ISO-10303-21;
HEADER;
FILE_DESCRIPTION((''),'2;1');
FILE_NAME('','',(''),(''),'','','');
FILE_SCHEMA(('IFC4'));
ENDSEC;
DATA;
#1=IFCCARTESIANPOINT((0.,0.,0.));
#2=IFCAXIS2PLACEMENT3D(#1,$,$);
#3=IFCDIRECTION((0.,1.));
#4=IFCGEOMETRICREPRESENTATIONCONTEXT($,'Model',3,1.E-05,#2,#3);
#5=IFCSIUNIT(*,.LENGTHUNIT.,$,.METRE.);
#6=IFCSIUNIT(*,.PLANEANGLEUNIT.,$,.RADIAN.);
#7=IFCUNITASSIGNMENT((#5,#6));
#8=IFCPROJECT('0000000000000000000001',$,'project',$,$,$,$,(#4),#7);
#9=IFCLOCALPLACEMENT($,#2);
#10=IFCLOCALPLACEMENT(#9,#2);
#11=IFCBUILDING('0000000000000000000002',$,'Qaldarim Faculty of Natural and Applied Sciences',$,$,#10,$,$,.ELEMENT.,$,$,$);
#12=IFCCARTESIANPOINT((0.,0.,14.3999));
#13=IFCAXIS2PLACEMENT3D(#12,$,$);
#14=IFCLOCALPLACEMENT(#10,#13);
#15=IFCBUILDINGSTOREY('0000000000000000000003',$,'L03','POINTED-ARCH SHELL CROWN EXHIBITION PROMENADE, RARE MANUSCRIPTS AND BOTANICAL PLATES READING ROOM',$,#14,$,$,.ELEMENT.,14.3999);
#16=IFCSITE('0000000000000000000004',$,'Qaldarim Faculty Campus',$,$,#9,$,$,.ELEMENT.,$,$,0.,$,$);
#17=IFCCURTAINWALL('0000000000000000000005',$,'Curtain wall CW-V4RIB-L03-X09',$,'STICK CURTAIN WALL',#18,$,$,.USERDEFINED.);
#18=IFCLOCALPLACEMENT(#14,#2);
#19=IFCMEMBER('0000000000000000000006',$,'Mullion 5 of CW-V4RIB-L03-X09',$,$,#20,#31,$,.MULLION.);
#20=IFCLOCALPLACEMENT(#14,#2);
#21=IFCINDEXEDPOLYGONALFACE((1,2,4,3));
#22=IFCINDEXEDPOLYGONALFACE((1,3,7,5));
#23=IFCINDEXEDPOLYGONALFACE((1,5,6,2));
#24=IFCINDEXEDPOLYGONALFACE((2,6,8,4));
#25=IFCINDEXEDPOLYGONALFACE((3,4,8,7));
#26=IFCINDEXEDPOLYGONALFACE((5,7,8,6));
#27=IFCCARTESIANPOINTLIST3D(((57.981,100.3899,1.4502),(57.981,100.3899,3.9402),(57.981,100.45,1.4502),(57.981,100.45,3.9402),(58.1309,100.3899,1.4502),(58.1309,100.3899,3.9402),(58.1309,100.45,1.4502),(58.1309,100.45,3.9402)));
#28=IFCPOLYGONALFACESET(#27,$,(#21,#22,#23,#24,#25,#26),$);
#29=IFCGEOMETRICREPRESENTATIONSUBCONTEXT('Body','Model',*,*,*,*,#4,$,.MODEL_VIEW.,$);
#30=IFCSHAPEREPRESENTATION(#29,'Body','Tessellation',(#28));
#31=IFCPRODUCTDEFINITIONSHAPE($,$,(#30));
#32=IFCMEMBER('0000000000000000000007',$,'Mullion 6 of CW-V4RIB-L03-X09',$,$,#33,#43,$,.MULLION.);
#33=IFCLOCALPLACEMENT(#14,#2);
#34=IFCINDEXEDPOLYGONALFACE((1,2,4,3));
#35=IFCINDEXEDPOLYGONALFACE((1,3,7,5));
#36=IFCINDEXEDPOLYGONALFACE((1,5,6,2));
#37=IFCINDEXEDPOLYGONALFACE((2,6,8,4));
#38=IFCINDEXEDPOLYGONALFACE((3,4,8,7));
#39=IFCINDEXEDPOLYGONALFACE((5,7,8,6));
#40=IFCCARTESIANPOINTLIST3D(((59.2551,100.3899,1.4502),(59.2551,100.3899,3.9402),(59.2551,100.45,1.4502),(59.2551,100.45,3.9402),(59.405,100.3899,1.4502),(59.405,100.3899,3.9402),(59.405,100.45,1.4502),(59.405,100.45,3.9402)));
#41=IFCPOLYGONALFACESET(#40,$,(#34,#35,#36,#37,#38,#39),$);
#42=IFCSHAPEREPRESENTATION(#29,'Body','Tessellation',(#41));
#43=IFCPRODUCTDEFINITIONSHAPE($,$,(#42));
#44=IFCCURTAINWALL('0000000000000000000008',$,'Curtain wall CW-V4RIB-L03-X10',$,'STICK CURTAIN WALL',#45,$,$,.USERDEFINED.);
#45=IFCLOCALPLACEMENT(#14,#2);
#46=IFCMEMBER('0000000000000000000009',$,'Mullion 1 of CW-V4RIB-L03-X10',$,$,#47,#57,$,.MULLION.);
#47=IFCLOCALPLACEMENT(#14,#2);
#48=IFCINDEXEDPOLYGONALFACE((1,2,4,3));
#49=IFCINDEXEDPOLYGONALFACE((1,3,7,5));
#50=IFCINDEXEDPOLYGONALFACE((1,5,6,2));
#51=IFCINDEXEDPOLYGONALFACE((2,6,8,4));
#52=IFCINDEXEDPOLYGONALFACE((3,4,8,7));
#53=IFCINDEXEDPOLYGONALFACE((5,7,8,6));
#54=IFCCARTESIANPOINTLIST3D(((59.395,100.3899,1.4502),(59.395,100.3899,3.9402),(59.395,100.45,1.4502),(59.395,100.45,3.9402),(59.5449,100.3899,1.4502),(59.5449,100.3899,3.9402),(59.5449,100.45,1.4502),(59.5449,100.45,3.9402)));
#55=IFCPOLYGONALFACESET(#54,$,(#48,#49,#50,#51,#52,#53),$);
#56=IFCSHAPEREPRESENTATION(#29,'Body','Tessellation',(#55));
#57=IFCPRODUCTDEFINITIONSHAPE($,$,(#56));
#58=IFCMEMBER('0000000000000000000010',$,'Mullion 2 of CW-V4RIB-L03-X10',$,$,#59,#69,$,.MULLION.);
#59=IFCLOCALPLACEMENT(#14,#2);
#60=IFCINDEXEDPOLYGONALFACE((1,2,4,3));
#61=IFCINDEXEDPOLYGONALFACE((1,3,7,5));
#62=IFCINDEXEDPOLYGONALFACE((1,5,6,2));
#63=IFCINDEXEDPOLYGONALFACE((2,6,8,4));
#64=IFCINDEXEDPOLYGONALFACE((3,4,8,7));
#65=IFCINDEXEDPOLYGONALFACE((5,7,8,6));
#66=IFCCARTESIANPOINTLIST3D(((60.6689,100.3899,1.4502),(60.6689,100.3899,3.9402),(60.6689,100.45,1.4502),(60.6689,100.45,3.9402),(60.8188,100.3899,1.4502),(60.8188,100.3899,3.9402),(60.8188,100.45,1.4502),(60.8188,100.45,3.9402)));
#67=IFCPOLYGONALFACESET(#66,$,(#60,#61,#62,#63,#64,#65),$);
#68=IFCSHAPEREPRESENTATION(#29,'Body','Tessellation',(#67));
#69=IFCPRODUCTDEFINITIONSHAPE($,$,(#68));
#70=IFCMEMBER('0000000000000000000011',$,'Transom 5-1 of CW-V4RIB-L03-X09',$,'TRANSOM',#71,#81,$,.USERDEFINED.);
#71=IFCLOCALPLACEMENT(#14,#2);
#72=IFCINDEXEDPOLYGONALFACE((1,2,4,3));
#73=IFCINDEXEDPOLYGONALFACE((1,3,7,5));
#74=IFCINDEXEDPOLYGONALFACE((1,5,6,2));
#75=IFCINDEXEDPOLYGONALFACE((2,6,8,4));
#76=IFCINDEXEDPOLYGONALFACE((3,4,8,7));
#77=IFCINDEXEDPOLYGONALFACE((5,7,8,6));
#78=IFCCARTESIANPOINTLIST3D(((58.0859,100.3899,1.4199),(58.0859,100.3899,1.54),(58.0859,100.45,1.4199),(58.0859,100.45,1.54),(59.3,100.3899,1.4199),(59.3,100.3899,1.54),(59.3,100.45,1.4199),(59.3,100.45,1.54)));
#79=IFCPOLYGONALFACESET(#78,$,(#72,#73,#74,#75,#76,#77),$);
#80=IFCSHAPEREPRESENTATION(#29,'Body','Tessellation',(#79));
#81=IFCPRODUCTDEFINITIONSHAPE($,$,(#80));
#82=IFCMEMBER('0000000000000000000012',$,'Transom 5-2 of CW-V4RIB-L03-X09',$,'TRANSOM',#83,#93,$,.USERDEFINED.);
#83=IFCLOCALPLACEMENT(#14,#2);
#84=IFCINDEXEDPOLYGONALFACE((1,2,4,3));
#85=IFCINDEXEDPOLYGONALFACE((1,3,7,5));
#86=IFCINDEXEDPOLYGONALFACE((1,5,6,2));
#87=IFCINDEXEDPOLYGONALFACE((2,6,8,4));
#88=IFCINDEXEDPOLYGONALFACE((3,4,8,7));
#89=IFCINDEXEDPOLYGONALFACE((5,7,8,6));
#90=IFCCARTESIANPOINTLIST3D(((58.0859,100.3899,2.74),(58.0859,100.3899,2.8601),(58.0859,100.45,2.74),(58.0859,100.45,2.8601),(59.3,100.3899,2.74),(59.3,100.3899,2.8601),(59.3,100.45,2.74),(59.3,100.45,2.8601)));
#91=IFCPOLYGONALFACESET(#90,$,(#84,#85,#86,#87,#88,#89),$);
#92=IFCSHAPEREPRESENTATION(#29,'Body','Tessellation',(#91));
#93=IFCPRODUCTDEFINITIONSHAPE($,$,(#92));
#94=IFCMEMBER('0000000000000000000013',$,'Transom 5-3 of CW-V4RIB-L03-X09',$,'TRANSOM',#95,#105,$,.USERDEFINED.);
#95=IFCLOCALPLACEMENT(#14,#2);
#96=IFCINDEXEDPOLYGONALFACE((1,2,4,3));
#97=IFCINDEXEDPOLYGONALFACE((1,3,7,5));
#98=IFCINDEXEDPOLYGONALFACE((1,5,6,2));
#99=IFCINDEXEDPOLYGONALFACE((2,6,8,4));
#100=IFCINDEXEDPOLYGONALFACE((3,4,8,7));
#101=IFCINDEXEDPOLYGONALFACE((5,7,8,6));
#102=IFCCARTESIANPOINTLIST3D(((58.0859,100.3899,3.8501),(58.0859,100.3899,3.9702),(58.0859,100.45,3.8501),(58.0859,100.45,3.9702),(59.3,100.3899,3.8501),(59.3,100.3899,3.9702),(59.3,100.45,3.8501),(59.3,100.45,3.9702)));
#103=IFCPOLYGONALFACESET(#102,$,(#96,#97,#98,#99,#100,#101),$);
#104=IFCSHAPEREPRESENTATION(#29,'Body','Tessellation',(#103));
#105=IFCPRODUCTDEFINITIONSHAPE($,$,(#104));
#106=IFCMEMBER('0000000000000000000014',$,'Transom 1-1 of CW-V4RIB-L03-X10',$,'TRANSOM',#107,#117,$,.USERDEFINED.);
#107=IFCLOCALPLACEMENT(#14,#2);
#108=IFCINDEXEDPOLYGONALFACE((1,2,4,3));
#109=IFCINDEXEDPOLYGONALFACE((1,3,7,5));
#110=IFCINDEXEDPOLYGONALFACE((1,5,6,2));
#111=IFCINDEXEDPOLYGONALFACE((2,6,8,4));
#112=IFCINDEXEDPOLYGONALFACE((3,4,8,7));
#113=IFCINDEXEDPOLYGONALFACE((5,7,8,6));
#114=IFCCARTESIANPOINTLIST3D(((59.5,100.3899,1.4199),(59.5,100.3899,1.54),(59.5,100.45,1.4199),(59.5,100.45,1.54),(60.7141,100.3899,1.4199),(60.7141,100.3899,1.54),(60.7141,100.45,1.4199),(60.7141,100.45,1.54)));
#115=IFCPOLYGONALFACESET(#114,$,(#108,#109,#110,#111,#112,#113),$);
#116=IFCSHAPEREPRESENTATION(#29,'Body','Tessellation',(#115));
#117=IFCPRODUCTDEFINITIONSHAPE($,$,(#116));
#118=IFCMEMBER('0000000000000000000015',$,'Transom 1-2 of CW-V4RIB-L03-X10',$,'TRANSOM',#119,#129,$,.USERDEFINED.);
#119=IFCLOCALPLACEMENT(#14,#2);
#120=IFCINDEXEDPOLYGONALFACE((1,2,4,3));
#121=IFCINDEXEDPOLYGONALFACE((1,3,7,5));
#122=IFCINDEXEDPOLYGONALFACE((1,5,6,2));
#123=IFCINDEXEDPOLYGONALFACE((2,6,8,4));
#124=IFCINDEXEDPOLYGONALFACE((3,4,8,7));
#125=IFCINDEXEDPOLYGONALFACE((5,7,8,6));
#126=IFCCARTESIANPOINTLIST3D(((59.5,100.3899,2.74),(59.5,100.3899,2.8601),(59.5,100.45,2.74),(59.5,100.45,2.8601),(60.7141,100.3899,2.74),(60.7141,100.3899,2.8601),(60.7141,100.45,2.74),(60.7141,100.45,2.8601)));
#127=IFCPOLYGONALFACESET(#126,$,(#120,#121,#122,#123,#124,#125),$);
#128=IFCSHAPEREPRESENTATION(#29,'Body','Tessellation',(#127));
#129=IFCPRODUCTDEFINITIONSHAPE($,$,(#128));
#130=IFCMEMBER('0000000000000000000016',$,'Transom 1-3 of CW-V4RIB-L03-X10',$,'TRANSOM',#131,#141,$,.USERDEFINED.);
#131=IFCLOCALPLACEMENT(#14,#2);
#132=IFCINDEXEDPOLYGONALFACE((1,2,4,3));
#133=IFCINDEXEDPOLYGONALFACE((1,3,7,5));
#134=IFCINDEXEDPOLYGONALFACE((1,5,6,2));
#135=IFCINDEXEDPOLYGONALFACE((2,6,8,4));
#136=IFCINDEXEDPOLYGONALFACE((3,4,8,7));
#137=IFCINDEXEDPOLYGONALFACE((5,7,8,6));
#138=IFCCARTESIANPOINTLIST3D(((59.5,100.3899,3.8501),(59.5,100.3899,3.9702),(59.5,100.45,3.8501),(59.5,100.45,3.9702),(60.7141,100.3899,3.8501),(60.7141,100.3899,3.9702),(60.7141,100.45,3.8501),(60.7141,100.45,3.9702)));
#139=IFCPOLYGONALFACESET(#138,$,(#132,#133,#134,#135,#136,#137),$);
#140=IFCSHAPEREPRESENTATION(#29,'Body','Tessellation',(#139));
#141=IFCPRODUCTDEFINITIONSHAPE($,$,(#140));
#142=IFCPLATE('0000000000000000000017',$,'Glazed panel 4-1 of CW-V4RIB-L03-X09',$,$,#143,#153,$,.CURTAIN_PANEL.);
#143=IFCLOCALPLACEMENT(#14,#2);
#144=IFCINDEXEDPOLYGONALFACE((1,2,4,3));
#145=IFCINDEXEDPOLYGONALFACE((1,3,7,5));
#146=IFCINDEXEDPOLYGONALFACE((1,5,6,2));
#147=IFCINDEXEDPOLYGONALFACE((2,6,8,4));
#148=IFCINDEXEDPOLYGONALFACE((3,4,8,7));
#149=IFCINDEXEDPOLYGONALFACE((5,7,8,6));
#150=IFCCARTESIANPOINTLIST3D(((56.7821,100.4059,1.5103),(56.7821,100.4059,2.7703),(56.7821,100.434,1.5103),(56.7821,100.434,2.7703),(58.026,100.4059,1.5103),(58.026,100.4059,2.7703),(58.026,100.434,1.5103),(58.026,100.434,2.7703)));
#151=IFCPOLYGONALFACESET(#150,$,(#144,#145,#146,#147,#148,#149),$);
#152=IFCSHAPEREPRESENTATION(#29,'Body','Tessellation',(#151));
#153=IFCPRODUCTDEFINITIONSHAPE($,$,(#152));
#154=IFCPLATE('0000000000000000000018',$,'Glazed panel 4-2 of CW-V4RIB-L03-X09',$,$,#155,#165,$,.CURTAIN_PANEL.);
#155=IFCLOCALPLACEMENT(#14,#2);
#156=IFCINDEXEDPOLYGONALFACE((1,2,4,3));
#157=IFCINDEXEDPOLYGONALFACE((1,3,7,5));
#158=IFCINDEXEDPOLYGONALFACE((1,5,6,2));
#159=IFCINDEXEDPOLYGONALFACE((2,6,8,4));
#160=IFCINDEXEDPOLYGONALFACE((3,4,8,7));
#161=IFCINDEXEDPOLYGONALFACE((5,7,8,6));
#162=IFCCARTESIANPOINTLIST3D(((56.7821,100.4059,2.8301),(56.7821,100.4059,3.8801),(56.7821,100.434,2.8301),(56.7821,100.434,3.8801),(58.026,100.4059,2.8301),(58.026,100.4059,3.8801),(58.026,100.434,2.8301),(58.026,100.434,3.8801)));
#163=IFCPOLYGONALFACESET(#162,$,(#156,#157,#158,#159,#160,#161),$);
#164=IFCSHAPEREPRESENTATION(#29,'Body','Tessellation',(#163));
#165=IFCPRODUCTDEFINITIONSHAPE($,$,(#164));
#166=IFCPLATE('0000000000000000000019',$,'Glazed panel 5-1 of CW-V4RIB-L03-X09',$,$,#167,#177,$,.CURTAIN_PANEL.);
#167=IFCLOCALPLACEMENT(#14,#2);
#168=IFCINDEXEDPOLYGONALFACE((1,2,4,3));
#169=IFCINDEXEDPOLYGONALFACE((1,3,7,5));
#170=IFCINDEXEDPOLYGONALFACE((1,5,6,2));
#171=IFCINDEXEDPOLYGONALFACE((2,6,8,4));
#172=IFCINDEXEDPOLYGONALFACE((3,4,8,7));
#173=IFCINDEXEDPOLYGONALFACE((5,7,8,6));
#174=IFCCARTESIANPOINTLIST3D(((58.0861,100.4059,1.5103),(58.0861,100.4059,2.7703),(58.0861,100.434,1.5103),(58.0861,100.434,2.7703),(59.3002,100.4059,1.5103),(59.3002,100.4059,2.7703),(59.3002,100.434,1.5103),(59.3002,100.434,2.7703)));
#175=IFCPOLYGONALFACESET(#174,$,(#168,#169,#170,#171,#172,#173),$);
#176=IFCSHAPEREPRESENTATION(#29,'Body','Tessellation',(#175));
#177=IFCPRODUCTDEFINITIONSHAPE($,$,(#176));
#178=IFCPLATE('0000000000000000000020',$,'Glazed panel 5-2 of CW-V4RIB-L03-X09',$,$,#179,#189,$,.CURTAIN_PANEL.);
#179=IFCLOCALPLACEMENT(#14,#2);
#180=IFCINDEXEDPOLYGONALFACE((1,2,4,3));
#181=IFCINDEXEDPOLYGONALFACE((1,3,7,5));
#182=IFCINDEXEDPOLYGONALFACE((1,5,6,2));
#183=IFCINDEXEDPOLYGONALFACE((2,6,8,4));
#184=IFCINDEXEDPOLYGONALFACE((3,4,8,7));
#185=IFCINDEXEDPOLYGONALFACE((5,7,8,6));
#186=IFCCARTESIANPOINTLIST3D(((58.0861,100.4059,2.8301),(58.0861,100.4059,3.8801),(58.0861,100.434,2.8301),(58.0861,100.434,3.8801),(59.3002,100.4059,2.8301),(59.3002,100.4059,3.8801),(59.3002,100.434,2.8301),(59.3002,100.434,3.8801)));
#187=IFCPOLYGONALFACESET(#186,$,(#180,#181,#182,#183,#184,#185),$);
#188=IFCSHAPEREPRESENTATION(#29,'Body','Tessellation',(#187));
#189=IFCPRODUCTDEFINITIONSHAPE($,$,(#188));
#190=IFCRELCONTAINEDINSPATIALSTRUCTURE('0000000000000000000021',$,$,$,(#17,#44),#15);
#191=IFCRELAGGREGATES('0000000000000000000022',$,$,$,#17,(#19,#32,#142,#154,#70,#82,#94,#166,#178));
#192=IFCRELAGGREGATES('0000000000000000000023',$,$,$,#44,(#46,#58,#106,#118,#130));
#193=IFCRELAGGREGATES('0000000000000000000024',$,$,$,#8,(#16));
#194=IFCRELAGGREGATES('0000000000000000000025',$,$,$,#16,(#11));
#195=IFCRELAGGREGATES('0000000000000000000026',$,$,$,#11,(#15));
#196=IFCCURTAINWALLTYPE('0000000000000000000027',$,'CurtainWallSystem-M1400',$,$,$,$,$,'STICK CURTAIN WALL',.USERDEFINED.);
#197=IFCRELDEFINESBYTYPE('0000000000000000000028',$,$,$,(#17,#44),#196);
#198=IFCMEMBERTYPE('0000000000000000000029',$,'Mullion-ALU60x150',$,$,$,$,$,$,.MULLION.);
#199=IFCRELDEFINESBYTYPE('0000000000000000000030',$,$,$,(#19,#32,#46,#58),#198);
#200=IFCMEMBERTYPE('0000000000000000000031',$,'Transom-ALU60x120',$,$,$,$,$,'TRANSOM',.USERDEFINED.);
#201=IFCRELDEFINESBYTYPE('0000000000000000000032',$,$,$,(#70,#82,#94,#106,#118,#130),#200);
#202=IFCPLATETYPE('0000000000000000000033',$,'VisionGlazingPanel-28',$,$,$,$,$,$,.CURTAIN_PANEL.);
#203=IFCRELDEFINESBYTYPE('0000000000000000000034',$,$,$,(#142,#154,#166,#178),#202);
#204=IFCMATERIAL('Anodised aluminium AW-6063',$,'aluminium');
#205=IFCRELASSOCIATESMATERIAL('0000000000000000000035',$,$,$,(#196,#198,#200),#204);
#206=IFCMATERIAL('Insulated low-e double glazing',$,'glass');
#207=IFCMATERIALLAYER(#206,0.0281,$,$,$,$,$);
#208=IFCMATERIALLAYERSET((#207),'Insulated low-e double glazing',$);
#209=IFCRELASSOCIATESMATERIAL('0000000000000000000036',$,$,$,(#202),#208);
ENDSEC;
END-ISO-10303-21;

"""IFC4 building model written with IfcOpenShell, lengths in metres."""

from ifc_helpers import new_model, si_unit, direction, frame, origin, origin_2d, place, context, subcontext, project, spatial, rectangle, extrude, material, layer, layer_set, material_profile, profile_set, type_object, element, aggregate, save


model = new_model("IFC4")

# Units and contexts
model_context = context("Model", 3, precision=1e-05, world=origin(), true_north=direction((0.0, 1.0)))
body_context = subcontext(model_context, "Body", "Model", "MODEL_VIEW")
ifc_project = project(units=[si_unit("LENGTHUNIT", "METRE"), si_unit("PLANEANGLEUNIT", "RADIAN")], contexts=[model_context])

# Site, building, storey
site_placement = place(None, origin())
site = spatial("IfcSite", under=ifc_project, at=site_placement, Name="Qaldarim Faculty Campus", CompositionType="ELEMENT", RefElevation=0.0)
building_placement = place(site_placement, origin())
building = spatial("IfcBuilding", under=site, at=building_placement, Name="Qaldarim Faculty of Natural and Applied Sciences", CompositionType="ELEMENT")
storey_placement = place(building_placement, frame((0.0, 0.0, 14.3999)))
storey = spatial("IfcBuildingStorey", under=building, at=storey_placement, Name="L03", Description="POINTED-ARCH SHELL CROWN EXHIBITION PROMENADE, RARE MANUSCRIPTS AND BOTANICAL PLATES READING ROOM", CompositionType="ELEMENT", Elevation=14.3999)

# Curtain walls, members
ifc_material_1 = material(Name="Anodised aluminium AW-6063", Category="aluminium")
curtain_wall_type = type_object("IfcCurtainWallType", Name="CurtainWallSystem-M1400", ElementType="STICK CURTAIN WALL", PredefinedType="USERDEFINED", material=ifc_material_1)
curtain_wall_1_placement = place(storey_placement, origin())
curtain_wall_1 = element("IfcCurtainWall", 1, at=curtain_wall_1_placement, inside=storey, type_object=curtain_wall_type, Name="Curtain wall CW-V4RIB-L03-X09", ObjectType="STICK CURTAIN WALL", PredefinedType="USERDEFINED")
ifc_material_profile_1 = material_profile(ifc_material_1, rectangle(XDim=0.0601, YDim=0.1499, at=origin_2d()), Name="ALU-M60x150")
ifc_profile_set_1 = profile_set([ifc_material_profile_1], Name="Anodised aluminium AW-6063")
member_type_1 = type_object("IfcMemberType", Name="Mullion-ALU60x150", PredefinedType="MULLION", material=ifc_profile_set_1)
member_1_placement = place(storey_placement, frame((58.0559, 100.4199, 1.4502), z_axis=(0.0, 0.0, 1.0), x_axis=(0.0, 1.0, 0.0)))
member_1 = element("IfcMember", 2, at=member_1_placement, type_object=member_type_1, Name="Mullion 5 of CW-V4RIB-L03-X09", PredefinedType="MULLION", context=body_context, shape_type="SweptSolid", body=[
    extrude(rectangle(XDim=0.0601, YDim=0.1499, at=origin_2d()), origin(), (0.0, 0.0, 1.0), 2.49),
])
member_2_placement = place(storey_placement, frame((59.3301, 100.4199, 1.4502), z_axis=(0.0, 0.0, 1.0), x_axis=(0.0, 1.0, 0.0)))
member_2 = element("IfcMember", 3, at=member_2_placement, type_object=member_type_1, Name="Mullion 6 of CW-V4RIB-L03-X09", PredefinedType="MULLION", context=body_context, shape_type="SweptSolid", body=[
    extrude(rectangle(XDim=0.0601, YDim=0.1499, at=origin_2d()), origin(), (0.0, 0.0, 1.0), 2.49),
])
curtain_wall_2_placement = place(storey_placement, origin())
curtain_wall_2 = element("IfcCurtainWall", 4, at=curtain_wall_2_placement, inside=storey, type_object=curtain_wall_type, Name="Curtain wall CW-V4RIB-L03-X10", ObjectType="STICK CURTAIN WALL", PredefinedType="USERDEFINED")
member_3_placement = place(storey_placement, frame((59.47, 100.4199, 1.4502), z_axis=(0.0, 0.0, 1.0), x_axis=(0.0, 1.0, 0.0)))
member_3 = element("IfcMember", 5, at=member_3_placement, type_object=member_type_1, Name="Mullion 1 of CW-V4RIB-L03-X10", PredefinedType="MULLION", context=body_context, shape_type="SweptSolid", body=[
    extrude(rectangle(XDim=0.0601, YDim=0.1499, at=origin_2d()), origin(), (0.0, 0.0, 1.0), 2.49),
])
member_4_placement = place(storey_placement, frame((60.7439, 100.4199, 1.4502), z_axis=(0.0, 0.0, 1.0), x_axis=(0.0, 1.0, 0.0)))
member_4 = element("IfcMember", 6, at=member_4_placement, type_object=member_type_1, Name="Mullion 2 of CW-V4RIB-L03-X10", PredefinedType="MULLION", context=body_context, shape_type="SweptSolid", body=[
    extrude(rectangle(XDim=0.0601, YDim=0.1499, at=origin_2d()), origin(), (0.0, 0.0, 1.0), 2.49),
])

# Members
ifc_material_profile_2 = material_profile(ifc_material_1, rectangle(XDim=0.0601, YDim=0.1201, at=origin_2d()), Name="ALU-T60x120")
ifc_profile_set_2 = profile_set([ifc_material_profile_2], Name="Anodised aluminium AW-6063")
member_type_2 = type_object("IfcMemberType", Name="Transom-ALU60x120", ElementType="TRANSOM", PredefinedType="USERDEFINED", material=ifc_profile_set_2)
member_5_placement = place(storey_placement, frame((58.0859, 100.4199, 1.48), z_axis=(1.0, 0.0, 0.0), x_axis=(0.0, 1.0, 0.0)))
member_5 = element("IfcMember", 7, at=member_5_placement, type_object=member_type_2, Name="Transom 5-1 of CW-V4RIB-L03-X09", ObjectType="TRANSOM", PredefinedType="USERDEFINED", context=body_context, shape_type="SweptSolid", body=[
    extrude(rectangle(XDim=0.0601, YDim=0.1201, at=origin_2d()), origin(), (0.0, 0.0, 1.0), 1.2141),
])
member_6_placement = place(storey_placement, frame((58.0859, 100.4199, 2.8), z_axis=(1.0, 0.0, 0.0), x_axis=(0.0, 1.0, 0.0)))
member_6 = element("IfcMember", 8, at=member_6_placement, type_object=member_type_2, Name="Transom 5-2 of CW-V4RIB-L03-X09", ObjectType="TRANSOM", PredefinedType="USERDEFINED", context=body_context, shape_type="SweptSolid", body=[
    extrude(rectangle(XDim=0.0601, YDim=0.1201, at=origin_2d()), origin(), (0.0, 0.0, 1.0), 1.2141),
])
member_7_placement = place(storey_placement, frame((58.0859, 100.4199, 3.9102), z_axis=(1.0, 0.0, 0.0), x_axis=(0.0, 1.0, 0.0)))
member_7 = element("IfcMember", 9, at=member_7_placement, type_object=member_type_2, Name="Transom 5-3 of CW-V4RIB-L03-X09", ObjectType="TRANSOM", PredefinedType="USERDEFINED", context=body_context, shape_type="SweptSolid", body=[
    extrude(rectangle(XDim=0.0601, YDim=0.1201, at=origin_2d()), origin(), (0.0, 0.0, 1.0), 1.2141),
])
member_8_placement = place(storey_placement, frame((59.5, 100.4199, 1.48), z_axis=(1.0, 0.0, 0.0), x_axis=(0.0, 1.0, 0.0)))
member_8 = element("IfcMember", 10, at=member_8_placement, type_object=member_type_2, Name="Transom 1-1 of CW-V4RIB-L03-X10", ObjectType="TRANSOM", PredefinedType="USERDEFINED", context=body_context, shape_type="SweptSolid", body=[
    extrude(rectangle(XDim=0.0601, YDim=0.1201, at=origin_2d()), origin(), (0.0, 0.0, 1.0), 1.2141),
])
member_9_placement = place(storey_placement, frame((59.5, 100.4199, 2.8), z_axis=(1.0, 0.0, 0.0), x_axis=(0.0, 1.0, 0.0)))
member_9 = element("IfcMember", 11, at=member_9_placement, type_object=member_type_2, Name="Transom 1-2 of CW-V4RIB-L03-X10", ObjectType="TRANSOM", PredefinedType="USERDEFINED", context=body_context, shape_type="SweptSolid", body=[
    extrude(rectangle(XDim=0.0601, YDim=0.1201, at=origin_2d()), origin(), (0.0, 0.0, 1.0), 1.2141),
])
member_10_placement = place(storey_placement, frame((59.5, 100.4199, 3.9102), z_axis=(1.0, 0.0, 0.0), x_axis=(0.0, 1.0, 0.0)))
member_10 = element("IfcMember", 12, at=member_10_placement, type_object=member_type_2, Name="Transom 1-3 of CW-V4RIB-L03-X10", ObjectType="TRANSOM", PredefinedType="USERDEFINED", context=body_context, shape_type="SweptSolid", body=[
    extrude(rectangle(XDim=0.0601, YDim=0.1201, at=origin_2d()), origin(), (0.0, 0.0, 1.0), 1.2141),
])

# Plates
ifc_material_2 = material(Name="Insulated low-e double glazing", Category="glass")
ifc_layer_1 = layer(ifc_material_2, 0.0281)
ifc_layer_set_1 = layer_set([ifc_layer_1], Name="Insulated low-e double glazing")
plate_type = type_object("IfcPlateType", Name="VisionGlazingPanel-28", PredefinedType="CURTAIN_PANEL", material=ifc_layer_set_1)
plate_1_placement = place(storey_placement, frame((57.4041, 100.4199, 1.5103), z_axis=(0.0, 0.0, 1.0), x_axis=(1.0, 0.0, 0.0)))
plate_1 = element("IfcPlate", 13, at=plate_1_placement, type_object=plate_type, Name="Glazed panel 4-1 of CW-V4RIB-L03-X09", PredefinedType="CURTAIN_PANEL", context=body_context, shape_type="SweptSolid", body=[
    extrude(rectangle(XDim=1.2439, YDim=0.0281, at=origin_2d()), origin(), (0.0, 0.0, 1.0), 1.26),
])
plate_2_placement = place(storey_placement, frame((57.4041, 100.4199, 2.8301), z_axis=(0.0, 0.0, 1.0), x_axis=(1.0, 0.0, 0.0)))
plate_2 = element("IfcPlate", 14, at=plate_2_placement, type_object=plate_type, Name="Glazed panel 4-2 of CW-V4RIB-L03-X09", PredefinedType="CURTAIN_PANEL", context=body_context, shape_type="SweptSolid", body=[
    extrude(rectangle(XDim=1.2439, YDim=0.0281, at=origin_2d()), origin(), (0.0, 0.0, 1.0), 1.05),
])
plate_3_placement = place(storey_placement, frame((58.6931, 100.4199, 1.5103), z_axis=(0.0, 0.0, 1.0), x_axis=(1.0, 0.0, 0.0)))
plate_3 = element("IfcPlate", 15, at=plate_3_placement, type_object=plate_type, Name="Glazed panel 5-1 of CW-V4RIB-L03-X09", PredefinedType="CURTAIN_PANEL", context=body_context, shape_type="SweptSolid", body=[
    extrude(rectangle(XDim=1.2141, YDim=0.0281, at=origin_2d()), origin(), (0.0, 0.0, 1.0), 1.26),
])
plate_4_placement = place(storey_placement, frame((58.6931, 100.4199, 2.8301), z_axis=(0.0, 0.0, 1.0), x_axis=(1.0, 0.0, 0.0)))
plate_4 = element("IfcPlate", 16, at=plate_4_placement, type_object=plate_type, Name="Glazed panel 5-2 of CW-V4RIB-L03-X09", PredefinedType="CURTAIN_PANEL", context=body_context, shape_type="SweptSolid", body=[
    extrude(rectangle(XDim=1.2141, YDim=0.0281, at=origin_2d()), origin(), (0.0, 0.0, 1.0), 1.05),
])
aggregate(curtain_wall_1, [member_1, member_2, plate_1, plate_2, member_5, member_6, member_7, plate_3, plate_4])
aggregate(curtain_wall_2, [member_3, member_4, member_8, member_9, member_10])

save(model, "model.ifc")
